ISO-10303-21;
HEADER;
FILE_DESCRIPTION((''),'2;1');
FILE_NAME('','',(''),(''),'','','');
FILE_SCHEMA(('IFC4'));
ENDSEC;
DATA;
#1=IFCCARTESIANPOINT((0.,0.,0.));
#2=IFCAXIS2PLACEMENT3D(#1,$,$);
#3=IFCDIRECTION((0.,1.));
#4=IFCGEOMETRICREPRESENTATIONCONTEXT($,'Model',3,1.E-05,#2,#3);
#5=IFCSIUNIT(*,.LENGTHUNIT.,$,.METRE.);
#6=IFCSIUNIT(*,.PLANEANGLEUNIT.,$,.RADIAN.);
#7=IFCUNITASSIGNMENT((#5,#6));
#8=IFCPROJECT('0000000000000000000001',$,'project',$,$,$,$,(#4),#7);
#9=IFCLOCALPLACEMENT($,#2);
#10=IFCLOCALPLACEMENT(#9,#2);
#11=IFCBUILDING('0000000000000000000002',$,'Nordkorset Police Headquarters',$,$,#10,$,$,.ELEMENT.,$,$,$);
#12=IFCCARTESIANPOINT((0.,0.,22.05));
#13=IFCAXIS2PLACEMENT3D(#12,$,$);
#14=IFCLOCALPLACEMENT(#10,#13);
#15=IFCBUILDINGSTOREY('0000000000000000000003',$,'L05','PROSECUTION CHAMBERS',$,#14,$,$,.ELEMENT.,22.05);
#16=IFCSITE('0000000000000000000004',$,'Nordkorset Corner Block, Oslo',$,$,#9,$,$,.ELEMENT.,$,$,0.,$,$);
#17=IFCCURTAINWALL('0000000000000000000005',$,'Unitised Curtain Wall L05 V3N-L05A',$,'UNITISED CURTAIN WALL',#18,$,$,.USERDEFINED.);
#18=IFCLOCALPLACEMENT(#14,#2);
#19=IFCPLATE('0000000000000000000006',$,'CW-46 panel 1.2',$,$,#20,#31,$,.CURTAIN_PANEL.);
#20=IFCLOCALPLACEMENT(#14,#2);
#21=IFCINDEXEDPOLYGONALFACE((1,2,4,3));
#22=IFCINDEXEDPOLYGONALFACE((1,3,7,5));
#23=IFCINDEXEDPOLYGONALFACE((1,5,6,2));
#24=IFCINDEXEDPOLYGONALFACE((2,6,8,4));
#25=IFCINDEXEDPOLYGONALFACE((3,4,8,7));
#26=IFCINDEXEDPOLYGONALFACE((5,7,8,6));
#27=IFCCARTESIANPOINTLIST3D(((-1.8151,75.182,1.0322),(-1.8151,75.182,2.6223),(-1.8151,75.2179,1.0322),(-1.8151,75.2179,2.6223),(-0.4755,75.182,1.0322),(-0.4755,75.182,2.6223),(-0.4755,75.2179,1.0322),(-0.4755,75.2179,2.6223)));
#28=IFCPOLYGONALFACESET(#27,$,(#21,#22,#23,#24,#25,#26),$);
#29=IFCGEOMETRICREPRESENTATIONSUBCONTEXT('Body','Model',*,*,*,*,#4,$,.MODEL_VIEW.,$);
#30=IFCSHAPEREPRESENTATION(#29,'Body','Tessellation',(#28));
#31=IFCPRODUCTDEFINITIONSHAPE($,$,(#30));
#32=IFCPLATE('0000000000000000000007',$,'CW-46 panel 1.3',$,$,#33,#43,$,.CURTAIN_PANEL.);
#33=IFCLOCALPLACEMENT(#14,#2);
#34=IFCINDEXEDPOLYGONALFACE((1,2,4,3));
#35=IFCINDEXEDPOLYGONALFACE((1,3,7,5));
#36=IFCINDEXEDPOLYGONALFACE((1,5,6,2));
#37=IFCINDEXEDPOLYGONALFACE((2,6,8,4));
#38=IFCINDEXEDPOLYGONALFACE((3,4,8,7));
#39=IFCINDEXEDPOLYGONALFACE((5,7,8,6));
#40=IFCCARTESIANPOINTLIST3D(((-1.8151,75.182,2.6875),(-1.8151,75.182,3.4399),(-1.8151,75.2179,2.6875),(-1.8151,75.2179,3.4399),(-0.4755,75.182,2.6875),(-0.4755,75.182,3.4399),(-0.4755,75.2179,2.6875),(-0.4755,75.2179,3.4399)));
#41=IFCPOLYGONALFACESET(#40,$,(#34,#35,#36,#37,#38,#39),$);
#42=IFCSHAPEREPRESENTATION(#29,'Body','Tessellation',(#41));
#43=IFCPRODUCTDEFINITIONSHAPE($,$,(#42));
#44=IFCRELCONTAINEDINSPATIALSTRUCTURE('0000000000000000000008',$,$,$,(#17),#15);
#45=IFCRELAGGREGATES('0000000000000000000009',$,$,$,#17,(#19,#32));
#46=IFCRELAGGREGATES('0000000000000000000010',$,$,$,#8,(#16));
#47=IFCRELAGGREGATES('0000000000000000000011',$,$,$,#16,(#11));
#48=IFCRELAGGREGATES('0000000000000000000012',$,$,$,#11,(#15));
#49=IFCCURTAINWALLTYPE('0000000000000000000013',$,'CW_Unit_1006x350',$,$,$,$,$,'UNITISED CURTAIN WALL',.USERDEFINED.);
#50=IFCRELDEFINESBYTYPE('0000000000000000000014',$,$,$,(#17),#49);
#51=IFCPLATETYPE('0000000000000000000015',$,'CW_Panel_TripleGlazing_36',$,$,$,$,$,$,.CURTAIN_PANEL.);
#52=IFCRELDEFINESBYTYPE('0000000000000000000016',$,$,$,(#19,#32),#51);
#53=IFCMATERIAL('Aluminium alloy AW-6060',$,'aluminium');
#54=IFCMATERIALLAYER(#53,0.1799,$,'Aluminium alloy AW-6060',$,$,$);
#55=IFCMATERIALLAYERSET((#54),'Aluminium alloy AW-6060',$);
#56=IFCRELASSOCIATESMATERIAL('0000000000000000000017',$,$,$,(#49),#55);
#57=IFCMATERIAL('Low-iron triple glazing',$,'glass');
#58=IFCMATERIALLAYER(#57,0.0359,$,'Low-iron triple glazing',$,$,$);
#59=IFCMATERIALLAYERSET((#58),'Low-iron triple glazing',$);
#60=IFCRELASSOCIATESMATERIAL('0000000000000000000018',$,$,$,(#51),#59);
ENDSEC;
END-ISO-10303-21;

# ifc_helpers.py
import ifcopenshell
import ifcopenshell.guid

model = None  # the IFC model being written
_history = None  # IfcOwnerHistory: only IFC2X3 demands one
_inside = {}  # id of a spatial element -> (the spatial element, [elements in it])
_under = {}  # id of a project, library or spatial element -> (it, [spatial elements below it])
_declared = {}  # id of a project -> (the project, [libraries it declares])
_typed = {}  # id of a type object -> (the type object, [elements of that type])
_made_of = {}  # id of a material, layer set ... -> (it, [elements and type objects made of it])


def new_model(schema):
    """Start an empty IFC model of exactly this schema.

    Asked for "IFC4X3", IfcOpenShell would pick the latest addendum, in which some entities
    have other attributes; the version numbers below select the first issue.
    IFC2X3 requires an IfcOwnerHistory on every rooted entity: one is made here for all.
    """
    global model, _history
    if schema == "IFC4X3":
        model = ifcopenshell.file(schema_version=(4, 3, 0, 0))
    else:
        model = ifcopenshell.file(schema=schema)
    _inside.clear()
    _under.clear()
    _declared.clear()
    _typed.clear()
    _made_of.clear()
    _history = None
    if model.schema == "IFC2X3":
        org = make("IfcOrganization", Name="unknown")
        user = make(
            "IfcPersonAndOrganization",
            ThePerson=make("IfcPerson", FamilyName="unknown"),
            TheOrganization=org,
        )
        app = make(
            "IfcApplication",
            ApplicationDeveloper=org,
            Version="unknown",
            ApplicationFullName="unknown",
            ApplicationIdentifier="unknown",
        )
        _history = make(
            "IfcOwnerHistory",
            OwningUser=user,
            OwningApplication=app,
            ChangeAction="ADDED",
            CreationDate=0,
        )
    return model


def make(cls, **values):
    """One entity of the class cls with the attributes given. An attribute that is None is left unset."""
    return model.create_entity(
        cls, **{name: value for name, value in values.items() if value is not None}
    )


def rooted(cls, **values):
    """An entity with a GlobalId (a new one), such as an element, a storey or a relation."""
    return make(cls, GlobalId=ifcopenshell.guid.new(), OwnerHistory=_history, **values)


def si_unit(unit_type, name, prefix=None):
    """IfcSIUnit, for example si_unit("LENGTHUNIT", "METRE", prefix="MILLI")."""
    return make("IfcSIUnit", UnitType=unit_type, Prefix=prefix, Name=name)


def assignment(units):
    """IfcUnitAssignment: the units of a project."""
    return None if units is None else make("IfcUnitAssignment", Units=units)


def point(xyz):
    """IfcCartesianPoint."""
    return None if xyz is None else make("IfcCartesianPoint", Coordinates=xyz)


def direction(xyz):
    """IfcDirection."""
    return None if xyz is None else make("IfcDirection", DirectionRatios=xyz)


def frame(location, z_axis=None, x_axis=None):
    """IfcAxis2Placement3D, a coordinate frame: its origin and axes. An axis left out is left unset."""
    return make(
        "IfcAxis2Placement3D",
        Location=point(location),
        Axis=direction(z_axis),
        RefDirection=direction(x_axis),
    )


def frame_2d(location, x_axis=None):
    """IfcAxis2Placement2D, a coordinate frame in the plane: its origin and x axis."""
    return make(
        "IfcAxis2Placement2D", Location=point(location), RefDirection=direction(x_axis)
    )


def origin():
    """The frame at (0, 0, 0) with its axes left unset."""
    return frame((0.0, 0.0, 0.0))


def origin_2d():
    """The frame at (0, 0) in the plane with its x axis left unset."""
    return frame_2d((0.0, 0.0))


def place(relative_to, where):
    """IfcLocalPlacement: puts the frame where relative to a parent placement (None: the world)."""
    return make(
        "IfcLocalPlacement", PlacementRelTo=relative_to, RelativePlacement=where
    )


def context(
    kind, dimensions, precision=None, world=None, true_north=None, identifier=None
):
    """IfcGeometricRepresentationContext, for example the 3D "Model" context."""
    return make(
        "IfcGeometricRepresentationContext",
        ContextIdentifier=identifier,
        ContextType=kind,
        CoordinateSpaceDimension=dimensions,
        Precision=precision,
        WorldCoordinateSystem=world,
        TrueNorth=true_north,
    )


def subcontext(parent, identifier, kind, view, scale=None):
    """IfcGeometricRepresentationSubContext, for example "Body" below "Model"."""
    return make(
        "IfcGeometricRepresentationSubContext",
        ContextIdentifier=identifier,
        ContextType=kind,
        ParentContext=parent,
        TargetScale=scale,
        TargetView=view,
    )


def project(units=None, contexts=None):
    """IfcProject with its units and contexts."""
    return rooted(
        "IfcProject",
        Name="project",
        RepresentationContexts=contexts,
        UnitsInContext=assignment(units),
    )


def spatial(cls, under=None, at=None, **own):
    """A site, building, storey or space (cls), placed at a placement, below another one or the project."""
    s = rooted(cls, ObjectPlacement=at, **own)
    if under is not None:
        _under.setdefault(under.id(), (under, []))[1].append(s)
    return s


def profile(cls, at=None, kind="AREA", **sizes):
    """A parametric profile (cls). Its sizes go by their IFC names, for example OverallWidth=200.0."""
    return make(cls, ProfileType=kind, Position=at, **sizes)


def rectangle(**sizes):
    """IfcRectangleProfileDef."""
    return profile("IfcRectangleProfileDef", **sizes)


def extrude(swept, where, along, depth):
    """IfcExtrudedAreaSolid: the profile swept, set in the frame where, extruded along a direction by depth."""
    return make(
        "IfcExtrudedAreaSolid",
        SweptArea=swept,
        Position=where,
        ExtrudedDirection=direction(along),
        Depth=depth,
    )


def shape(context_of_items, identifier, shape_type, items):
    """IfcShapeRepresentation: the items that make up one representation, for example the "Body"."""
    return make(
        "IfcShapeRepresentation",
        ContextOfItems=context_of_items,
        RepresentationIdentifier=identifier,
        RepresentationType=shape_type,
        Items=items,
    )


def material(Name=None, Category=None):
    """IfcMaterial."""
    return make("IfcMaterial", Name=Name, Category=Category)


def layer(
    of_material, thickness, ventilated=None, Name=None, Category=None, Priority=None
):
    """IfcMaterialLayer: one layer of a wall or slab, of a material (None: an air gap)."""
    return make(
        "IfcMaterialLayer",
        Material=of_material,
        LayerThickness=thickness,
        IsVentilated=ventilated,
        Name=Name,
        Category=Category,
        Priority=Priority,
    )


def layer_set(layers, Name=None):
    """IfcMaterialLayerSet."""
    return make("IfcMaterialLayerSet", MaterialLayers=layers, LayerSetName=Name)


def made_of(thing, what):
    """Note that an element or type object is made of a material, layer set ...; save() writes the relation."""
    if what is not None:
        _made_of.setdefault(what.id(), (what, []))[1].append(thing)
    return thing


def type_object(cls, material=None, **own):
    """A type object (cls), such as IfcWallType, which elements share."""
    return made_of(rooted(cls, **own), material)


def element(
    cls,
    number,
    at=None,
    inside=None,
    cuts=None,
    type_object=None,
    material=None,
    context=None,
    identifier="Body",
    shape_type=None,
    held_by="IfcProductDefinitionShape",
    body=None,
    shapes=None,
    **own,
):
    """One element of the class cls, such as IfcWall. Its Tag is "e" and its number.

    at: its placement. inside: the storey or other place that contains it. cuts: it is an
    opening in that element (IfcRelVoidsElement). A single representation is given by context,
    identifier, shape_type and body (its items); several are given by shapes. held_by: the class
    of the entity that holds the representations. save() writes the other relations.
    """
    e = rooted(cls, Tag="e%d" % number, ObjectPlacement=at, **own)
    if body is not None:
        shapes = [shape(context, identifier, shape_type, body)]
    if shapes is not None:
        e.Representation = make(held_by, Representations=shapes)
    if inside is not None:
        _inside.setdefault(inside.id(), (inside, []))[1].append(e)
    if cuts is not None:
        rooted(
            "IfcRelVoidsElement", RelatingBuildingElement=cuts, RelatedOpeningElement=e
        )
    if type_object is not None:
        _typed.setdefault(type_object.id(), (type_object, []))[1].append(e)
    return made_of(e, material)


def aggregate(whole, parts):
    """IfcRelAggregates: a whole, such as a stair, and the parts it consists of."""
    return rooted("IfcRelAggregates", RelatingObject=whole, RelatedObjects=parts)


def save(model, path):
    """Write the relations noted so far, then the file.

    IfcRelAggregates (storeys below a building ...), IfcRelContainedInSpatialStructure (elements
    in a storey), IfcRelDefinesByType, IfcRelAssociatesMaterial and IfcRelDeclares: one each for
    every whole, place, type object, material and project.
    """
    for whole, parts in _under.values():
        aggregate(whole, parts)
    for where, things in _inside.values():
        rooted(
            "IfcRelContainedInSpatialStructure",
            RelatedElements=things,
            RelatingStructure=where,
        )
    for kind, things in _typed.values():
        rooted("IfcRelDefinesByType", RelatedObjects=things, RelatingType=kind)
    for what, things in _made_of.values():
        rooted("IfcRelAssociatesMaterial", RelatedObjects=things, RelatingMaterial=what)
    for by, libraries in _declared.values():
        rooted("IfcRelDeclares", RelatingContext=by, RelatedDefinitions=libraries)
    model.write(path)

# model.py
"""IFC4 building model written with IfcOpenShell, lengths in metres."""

from ifc_helpers import new_model, si_unit, direction, frame, origin, origin_2d, place, context, subcontext, project, spatial, rectangle, extrude, material, layer, layer_set, type_object, element, aggregate, save


model = new_model("IFC4")

# Units and contexts
model_context = context("Model", 3, precision=1e-05, world=origin(), true_north=direction((0.0, 1.0)))
body_context = subcontext(model_context, "Body", "Model", "MODEL_VIEW")
ifc_project = project(units=[si_unit("LENGTHUNIT", "METRE"), si_unit("PLANEANGLEUNIT", "RADIAN")], contexts=[model_context])

# Site, building, storey
site_placement = place(None, origin())
site = spatial("IfcSite", under=ifc_project, at=site_placement, Name="Nordkorset Corner Block, Oslo", CompositionType="ELEMENT", RefElevation=0.0)
building_placement = place(site_placement, origin())
building = spatial("IfcBuilding", under=site, at=building_placement, Name="Nordkorset Police Headquarters", CompositionType="ELEMENT")
storey_placement = place(building_placement, frame((0.0, 0.0, 22.05)))
storey = spatial("IfcBuildingStorey", under=building, at=storey_placement, Name="L05", Description="PROSECUTION CHAMBERS", CompositionType="ELEMENT", Elevation=22.05)

# Curtain wall
ifc_material_1 = material(Name="Aluminium alloy AW-6060", Category="aluminium")
ifc_layer_1 = layer(ifc_material_1, 0.1799, Name="Aluminium alloy AW-6060")
ifc_layer_set_1 = layer_set([ifc_layer_1], Name="Aluminium alloy AW-6060")
curtain_wall_type_1 = type_object("IfcCurtainWallType", Name="CW_Unit_1006x350", ElementType="UNITISED CURTAIN WALL", PredefinedType="USERDEFINED", material=ifc_layer_set_1)
curtain_wall_1_placement = place(storey_placement, origin())
curtain_wall_1 = element("IfcCurtainWall", 1, at=curtain_wall_1_placement, inside=storey, type_object=curtain_wall_type_1, Name="Unitised Curtain Wall L05 V3N-L05A", ObjectType="UNITISED CURTAIN WALL", PredefinedType="USERDEFINED")

# Plates
ifc_material_2 = material(Name="Low-iron triple glazing", Category="glass")
ifc_layer_2 = layer(ifc_material_2, 0.0359, Name="Low-iron triple glazing")
ifc_layer_set_2 = layer_set([ifc_layer_2], Name="Low-iron triple glazing")
plate_type = type_object("IfcPlateType", Name="CW_Panel_TripleGlazing_36", PredefinedType="CURTAIN_PANEL", material=ifc_layer_set_2)
plate_1_placement = place(storey_placement, frame((-1.1453, 75.2, 1.0322), z_axis=(0.0, 0.0, 1.0), x_axis=(1.0, 0.0, 0.0)))
plate_1 = element("IfcPlate", 2, at=plate_1_placement, type_object=plate_type, Name="CW-46 panel 1.2", PredefinedType="CURTAIN_PANEL", context=body_context, shape_type="SweptSolid", body=[
    extrude(rectangle(XDim=1.3396, YDim=0.0359, at=origin_2d()), origin(), (0.0, 0.0, 1.0), 1.5901),
])
plate_2_placement = place(storey_placement, frame((-1.1453, 75.2, 2.6875), z_axis=(0.0, 0.0, 1.0), x_axis=(1.0, 0.0, 0.0)))
plate_2 = element("IfcPlate", 3, at=plate_2_placement, type_object=plate_type, Name="CW-46 panel 1.3", PredefinedType="CURTAIN_PANEL", context=body_context, shape_type="SweptSolid", body=[
    extrude(rectangle(XDim=1.3396, YDim=0.0359, at=origin_2d()), origin(), (0.0, 0.0, 1.0), 0.7524),
])
aggregate(curtain_wall_1, [plate_1, plate_2])

save(model, "model.ifc")
